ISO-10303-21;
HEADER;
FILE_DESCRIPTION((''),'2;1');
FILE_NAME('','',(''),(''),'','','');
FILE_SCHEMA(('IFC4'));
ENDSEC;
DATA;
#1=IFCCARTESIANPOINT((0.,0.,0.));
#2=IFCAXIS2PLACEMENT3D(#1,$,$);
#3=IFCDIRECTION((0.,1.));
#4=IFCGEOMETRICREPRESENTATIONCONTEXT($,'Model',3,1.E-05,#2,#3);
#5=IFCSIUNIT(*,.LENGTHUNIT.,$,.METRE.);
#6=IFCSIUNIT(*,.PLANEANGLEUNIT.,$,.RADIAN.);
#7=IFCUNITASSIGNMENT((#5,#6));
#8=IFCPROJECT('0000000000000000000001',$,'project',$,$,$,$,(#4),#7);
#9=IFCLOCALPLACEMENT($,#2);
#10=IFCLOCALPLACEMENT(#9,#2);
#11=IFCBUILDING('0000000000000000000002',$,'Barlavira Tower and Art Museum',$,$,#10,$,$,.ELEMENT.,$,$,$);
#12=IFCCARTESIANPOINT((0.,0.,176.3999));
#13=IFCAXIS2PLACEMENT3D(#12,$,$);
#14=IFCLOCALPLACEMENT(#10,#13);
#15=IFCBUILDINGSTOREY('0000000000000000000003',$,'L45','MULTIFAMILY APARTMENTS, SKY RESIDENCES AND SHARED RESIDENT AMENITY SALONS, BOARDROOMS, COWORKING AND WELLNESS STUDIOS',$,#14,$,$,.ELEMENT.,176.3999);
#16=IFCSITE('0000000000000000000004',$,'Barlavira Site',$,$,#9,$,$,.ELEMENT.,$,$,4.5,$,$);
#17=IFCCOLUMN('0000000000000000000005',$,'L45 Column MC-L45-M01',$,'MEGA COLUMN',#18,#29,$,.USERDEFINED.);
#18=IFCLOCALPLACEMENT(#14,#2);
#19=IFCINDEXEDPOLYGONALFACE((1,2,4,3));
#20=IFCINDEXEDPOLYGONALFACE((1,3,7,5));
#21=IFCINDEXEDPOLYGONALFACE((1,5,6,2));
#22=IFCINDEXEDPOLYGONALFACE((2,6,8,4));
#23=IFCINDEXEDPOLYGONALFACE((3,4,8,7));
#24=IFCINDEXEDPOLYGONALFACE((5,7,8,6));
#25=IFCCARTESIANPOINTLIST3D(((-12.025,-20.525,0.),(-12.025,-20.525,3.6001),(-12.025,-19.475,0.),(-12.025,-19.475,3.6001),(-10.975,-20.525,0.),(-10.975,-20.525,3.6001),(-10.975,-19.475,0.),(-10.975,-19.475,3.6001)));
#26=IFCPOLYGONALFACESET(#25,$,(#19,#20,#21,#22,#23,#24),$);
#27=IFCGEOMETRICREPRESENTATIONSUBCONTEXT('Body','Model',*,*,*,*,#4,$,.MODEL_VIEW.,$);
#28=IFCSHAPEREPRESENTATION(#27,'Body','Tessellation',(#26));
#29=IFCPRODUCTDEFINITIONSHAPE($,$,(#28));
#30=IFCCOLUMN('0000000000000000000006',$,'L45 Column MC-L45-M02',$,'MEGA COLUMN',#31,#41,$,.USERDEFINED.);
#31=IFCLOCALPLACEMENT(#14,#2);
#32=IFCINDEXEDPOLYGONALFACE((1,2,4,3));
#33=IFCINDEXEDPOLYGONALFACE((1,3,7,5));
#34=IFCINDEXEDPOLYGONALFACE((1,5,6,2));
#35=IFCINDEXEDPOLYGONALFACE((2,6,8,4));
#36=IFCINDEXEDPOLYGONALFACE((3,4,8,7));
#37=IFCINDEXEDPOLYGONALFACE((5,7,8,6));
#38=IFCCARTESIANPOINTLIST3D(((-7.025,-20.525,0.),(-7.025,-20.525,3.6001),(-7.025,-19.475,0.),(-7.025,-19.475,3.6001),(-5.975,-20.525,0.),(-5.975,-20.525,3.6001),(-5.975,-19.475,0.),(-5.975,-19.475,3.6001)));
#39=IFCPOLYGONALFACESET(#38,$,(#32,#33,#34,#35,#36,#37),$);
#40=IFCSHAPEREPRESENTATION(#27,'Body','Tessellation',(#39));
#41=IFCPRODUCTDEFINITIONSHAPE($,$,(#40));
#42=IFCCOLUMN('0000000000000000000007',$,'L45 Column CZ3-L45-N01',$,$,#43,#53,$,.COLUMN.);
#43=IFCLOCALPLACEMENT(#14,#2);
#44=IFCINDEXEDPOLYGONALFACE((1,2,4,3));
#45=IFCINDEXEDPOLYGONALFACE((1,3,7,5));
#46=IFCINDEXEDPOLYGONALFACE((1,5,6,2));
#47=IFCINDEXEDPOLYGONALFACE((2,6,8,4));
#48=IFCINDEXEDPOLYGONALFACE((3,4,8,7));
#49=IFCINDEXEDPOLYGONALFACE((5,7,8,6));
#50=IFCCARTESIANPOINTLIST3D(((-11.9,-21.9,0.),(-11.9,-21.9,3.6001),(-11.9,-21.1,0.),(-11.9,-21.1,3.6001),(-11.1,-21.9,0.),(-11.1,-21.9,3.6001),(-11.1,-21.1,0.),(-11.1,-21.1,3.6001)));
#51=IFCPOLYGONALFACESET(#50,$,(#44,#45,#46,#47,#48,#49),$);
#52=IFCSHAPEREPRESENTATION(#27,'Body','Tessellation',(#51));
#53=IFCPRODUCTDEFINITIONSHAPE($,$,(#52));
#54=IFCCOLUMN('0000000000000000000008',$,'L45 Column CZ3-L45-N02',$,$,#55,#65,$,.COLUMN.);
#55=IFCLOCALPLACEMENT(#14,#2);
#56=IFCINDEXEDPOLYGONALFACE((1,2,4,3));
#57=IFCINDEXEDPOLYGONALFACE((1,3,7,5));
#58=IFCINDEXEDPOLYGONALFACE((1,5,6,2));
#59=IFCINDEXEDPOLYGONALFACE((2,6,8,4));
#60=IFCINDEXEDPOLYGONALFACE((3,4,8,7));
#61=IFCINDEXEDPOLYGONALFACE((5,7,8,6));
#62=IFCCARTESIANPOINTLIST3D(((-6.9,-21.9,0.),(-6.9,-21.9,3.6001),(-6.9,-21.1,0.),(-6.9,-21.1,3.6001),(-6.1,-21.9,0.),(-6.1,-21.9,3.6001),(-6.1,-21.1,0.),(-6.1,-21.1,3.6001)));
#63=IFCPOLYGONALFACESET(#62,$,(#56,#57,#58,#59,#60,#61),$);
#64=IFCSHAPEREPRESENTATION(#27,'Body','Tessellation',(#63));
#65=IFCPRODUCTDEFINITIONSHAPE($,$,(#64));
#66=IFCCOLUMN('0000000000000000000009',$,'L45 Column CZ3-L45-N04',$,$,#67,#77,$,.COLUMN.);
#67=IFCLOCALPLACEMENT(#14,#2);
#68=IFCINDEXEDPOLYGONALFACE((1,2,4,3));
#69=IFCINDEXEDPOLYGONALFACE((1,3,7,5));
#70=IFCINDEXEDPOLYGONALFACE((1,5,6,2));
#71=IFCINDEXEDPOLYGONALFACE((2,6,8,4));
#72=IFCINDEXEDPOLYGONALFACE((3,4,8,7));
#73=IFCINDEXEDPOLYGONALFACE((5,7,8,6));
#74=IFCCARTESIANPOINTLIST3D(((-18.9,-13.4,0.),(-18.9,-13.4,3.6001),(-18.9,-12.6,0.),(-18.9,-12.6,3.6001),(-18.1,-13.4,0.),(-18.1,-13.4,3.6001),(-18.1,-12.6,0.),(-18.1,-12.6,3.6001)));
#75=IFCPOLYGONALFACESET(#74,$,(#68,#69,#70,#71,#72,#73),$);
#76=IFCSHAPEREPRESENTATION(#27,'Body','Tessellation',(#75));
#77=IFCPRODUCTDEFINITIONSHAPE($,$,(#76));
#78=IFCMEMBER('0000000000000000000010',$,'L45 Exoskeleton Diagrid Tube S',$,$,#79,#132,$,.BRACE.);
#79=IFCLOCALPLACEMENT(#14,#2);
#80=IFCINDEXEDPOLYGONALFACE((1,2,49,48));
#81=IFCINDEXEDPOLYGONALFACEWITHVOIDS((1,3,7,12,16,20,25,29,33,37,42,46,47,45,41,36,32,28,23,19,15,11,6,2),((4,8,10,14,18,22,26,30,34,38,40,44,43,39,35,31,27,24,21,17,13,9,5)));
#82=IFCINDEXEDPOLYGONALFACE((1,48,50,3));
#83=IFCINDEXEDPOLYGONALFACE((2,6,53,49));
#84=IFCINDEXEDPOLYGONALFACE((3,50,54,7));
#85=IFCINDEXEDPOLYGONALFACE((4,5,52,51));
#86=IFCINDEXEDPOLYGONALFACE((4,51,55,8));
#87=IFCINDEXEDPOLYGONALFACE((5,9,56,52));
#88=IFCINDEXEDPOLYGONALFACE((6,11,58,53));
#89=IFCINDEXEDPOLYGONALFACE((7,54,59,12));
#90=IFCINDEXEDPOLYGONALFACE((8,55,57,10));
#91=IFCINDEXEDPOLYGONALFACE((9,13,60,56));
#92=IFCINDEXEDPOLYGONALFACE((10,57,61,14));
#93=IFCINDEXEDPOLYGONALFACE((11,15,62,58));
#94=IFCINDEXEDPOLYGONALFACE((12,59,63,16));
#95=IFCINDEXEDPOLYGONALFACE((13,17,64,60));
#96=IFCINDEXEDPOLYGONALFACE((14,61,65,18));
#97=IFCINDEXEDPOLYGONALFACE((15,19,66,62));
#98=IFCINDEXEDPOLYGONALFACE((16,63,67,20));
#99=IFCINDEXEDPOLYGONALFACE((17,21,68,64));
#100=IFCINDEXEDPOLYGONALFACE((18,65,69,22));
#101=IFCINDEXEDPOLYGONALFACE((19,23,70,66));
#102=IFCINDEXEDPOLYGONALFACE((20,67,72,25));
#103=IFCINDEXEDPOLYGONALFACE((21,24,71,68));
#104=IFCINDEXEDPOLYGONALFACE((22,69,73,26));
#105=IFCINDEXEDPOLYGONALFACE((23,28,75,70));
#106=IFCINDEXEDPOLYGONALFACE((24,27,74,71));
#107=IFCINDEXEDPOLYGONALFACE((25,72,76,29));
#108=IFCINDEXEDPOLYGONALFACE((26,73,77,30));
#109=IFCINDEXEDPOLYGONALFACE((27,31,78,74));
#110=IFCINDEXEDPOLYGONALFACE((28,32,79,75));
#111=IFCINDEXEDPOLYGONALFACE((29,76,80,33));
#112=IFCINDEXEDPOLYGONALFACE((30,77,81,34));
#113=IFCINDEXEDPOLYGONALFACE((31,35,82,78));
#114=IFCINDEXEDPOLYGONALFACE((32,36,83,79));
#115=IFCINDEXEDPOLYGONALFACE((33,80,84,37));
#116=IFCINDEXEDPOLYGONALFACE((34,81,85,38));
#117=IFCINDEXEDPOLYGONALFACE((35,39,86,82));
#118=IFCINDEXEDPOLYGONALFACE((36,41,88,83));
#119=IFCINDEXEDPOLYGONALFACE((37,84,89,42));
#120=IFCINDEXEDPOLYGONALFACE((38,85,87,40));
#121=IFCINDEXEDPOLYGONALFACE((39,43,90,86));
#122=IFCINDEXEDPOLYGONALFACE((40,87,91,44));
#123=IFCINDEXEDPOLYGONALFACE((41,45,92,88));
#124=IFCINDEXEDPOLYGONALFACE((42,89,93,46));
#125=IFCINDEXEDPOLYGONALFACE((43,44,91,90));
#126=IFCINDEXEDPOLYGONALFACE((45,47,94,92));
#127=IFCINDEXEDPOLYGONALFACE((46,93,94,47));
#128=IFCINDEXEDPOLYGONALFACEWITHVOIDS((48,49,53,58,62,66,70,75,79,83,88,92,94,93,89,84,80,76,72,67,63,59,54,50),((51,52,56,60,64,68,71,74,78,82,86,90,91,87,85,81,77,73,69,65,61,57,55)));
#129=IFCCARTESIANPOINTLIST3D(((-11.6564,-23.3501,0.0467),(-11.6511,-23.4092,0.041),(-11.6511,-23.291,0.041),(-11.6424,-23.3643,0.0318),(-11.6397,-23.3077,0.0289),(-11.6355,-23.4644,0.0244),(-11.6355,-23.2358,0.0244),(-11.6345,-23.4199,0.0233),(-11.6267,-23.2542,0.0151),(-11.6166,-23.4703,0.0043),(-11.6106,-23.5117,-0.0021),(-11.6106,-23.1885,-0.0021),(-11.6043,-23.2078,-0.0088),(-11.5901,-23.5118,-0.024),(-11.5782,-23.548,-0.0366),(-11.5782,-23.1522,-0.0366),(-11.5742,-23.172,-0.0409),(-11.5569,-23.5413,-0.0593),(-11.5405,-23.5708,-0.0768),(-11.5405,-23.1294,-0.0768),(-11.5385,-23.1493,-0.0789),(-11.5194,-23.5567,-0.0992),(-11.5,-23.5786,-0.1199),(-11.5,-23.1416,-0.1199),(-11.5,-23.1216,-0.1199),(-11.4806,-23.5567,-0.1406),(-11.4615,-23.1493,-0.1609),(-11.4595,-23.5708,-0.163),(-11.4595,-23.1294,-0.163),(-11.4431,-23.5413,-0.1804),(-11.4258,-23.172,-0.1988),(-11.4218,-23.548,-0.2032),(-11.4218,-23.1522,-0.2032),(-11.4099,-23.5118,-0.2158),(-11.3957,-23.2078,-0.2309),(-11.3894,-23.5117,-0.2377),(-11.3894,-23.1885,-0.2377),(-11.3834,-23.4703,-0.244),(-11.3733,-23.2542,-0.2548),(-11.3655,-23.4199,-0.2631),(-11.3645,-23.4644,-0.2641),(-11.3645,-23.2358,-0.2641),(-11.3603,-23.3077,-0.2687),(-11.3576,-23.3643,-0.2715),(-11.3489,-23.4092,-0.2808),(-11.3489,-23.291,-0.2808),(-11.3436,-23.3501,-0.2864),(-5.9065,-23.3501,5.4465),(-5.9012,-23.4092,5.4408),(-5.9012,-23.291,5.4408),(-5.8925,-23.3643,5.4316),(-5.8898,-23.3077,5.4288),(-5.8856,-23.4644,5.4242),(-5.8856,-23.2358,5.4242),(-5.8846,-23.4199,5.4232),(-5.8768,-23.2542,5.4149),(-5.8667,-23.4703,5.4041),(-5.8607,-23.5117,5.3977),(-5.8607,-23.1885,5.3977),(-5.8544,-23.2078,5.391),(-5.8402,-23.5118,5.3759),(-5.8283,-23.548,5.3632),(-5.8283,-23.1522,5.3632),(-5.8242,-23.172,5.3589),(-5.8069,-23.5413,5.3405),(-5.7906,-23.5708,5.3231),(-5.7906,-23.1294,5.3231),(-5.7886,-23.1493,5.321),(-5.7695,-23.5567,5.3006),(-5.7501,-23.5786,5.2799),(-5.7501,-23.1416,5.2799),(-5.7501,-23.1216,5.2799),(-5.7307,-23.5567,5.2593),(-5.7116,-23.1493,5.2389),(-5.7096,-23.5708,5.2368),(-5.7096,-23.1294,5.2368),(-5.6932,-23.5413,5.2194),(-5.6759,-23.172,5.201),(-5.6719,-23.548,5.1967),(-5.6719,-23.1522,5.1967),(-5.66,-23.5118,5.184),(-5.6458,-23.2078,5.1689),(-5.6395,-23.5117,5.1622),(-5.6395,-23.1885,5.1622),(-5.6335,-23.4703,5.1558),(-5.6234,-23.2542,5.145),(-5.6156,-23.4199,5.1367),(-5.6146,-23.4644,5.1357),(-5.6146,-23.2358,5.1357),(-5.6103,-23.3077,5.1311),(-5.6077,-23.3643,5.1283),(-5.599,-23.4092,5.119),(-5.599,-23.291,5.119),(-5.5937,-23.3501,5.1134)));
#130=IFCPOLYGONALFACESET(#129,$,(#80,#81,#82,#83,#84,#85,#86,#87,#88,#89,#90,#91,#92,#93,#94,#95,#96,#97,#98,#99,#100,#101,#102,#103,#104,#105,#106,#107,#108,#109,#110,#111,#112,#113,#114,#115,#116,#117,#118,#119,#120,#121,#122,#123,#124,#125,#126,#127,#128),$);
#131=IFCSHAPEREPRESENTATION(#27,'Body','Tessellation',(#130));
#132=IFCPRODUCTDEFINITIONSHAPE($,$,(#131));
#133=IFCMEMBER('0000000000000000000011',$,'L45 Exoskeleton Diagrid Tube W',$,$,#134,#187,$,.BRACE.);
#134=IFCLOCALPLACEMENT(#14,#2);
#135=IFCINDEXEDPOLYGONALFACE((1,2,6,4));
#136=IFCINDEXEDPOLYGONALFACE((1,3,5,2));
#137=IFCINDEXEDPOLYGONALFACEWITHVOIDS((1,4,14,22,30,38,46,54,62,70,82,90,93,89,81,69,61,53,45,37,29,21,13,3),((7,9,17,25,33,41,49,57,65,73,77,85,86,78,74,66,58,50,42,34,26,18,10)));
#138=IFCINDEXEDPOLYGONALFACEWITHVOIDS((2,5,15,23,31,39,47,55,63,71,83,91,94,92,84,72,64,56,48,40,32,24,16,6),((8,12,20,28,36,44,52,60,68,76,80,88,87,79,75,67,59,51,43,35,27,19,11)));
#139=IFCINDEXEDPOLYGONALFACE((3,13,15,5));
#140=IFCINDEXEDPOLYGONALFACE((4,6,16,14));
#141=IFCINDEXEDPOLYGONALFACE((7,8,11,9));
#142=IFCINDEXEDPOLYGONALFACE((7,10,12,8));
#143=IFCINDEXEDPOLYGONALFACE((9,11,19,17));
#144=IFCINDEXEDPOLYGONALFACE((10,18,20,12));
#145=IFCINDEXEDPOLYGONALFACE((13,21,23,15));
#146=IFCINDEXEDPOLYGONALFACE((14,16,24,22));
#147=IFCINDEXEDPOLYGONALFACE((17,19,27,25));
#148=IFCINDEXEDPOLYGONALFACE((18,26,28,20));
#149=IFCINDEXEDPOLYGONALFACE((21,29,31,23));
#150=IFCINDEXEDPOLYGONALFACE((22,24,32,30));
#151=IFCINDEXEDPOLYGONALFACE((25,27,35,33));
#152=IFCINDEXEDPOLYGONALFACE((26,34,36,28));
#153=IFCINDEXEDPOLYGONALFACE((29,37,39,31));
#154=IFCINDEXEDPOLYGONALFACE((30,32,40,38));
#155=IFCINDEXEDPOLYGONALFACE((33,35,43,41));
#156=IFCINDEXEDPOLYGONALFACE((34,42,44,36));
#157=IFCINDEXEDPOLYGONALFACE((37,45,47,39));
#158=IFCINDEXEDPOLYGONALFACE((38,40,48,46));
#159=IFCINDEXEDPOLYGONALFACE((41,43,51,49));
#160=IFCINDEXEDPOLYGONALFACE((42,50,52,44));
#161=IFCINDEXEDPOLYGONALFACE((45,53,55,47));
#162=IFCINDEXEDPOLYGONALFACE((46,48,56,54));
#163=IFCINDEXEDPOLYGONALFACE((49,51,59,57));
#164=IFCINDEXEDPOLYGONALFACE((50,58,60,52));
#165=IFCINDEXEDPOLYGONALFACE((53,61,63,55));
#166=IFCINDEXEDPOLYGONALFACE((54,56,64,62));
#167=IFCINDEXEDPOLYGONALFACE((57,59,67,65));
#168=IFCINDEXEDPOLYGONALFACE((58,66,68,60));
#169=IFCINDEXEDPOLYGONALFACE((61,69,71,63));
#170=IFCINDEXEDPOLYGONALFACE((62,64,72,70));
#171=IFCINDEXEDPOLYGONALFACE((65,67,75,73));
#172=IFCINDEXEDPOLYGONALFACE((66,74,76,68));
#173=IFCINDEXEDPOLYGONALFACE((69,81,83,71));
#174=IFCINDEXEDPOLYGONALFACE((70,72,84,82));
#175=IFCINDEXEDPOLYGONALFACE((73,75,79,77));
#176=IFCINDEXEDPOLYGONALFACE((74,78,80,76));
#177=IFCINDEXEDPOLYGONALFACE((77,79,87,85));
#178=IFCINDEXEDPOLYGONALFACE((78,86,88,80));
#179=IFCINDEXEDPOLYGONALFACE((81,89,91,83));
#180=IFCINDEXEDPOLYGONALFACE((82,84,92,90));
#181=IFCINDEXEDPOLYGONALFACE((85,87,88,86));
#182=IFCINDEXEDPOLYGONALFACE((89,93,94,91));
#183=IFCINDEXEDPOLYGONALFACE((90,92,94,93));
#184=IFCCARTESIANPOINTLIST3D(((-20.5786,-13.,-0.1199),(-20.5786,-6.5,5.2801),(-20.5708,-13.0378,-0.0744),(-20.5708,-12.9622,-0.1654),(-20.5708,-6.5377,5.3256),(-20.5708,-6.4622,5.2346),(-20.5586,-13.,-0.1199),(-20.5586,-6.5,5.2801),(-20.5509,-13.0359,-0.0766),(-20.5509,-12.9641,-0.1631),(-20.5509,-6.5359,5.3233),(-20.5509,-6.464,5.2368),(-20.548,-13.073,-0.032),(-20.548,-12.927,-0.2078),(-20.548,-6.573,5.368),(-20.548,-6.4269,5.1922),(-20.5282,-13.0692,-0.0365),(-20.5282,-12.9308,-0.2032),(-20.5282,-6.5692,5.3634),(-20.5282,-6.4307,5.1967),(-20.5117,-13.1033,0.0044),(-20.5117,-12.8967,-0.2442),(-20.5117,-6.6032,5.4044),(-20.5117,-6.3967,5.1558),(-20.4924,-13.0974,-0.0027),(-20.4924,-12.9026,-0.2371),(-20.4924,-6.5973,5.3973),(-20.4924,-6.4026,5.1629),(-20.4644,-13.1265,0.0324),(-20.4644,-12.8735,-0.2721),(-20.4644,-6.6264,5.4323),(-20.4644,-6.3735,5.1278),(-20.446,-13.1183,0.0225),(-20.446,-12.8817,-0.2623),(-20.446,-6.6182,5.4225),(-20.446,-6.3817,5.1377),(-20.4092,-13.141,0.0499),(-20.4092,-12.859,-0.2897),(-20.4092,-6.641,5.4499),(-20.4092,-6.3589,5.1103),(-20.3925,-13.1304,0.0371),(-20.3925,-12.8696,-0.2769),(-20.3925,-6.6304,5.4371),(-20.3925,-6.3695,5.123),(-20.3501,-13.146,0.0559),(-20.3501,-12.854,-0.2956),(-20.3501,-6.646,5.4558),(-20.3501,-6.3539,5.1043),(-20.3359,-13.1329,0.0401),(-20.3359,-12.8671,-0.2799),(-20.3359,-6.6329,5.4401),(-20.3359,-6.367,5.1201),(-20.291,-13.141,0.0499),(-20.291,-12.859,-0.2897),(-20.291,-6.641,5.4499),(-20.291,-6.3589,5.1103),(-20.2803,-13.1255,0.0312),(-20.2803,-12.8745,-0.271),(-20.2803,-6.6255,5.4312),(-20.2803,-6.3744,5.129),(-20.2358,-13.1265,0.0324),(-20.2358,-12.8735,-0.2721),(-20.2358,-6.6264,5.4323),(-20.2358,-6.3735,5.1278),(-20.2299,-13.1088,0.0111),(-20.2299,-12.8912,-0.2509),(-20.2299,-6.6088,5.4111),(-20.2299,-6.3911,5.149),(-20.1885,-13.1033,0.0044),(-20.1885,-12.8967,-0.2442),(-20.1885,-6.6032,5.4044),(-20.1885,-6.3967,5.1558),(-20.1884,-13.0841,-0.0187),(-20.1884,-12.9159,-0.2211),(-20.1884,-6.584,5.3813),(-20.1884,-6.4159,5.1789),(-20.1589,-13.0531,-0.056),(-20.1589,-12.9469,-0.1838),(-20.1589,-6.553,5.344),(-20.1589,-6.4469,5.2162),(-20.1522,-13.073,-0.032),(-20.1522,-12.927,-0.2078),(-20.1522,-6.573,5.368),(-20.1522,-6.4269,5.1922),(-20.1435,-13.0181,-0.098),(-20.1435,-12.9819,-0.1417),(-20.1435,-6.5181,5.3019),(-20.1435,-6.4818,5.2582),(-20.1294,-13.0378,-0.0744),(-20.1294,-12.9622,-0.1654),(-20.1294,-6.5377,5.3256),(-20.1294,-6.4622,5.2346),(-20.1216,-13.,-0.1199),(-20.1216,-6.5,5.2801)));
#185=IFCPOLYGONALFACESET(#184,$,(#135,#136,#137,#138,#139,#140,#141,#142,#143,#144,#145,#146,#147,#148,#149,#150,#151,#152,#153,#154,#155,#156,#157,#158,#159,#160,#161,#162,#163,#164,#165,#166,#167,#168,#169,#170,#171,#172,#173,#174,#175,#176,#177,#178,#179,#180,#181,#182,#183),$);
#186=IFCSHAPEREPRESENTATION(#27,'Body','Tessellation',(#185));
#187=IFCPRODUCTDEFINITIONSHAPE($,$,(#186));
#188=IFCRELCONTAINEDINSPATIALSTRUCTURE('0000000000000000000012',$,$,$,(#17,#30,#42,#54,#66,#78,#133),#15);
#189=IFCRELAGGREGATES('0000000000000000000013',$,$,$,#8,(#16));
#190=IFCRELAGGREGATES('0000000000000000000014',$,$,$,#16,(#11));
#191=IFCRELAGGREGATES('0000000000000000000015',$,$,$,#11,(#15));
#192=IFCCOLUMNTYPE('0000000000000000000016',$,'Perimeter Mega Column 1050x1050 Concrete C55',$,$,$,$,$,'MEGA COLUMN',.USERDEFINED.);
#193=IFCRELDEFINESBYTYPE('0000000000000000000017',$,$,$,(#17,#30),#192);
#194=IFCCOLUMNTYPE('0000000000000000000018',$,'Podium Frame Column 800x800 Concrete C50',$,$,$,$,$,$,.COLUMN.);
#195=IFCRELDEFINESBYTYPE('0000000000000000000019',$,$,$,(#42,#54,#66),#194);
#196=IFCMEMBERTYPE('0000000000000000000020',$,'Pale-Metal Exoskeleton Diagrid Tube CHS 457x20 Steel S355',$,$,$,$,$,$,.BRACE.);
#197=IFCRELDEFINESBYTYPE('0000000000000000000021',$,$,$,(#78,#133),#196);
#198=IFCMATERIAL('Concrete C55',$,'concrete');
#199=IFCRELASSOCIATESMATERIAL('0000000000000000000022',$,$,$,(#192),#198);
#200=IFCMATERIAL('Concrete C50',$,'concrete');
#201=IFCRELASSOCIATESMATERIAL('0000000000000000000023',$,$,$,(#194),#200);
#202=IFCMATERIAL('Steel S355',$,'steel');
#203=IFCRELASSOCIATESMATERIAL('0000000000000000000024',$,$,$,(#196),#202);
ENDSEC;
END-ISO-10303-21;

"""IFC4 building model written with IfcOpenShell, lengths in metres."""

from ifc_helpers import new_model, si_unit, direction, frame, origin, origin_2d, place, context, subcontext, project, spatial, rectangle, hollow_circle, extrude, material, material_profile, profile_set, type_object, element, save


model = new_model("IFC4")

# Units and contexts
model_context = context("Model", 3, precision=1e-05, world=origin(), true_north=direction((0.0, 1.0)))
body_context = subcontext(model_context, "Body", "Model", "MODEL_VIEW")
ifc_project = project(units=[si_unit("LENGTHUNIT", "METRE"), si_unit("PLANEANGLEUNIT", "RADIAN")], contexts=[model_context])

# Site, building, storey
site_placement = place(None, origin())
site = spatial("IfcSite", under=ifc_project, at=site_placement, Name="Barlavira Site", CompositionType="ELEMENT", RefElevation=4.5)
building_placement = place(site_placement, origin())
building = spatial("IfcBuilding", under=site, at=building_placement, Name="Barlavira Tower and Art Museum", CompositionType="ELEMENT")
storey_placement = place(building_placement, frame((0.0, 0.0, 176.3999)))
storey = spatial("IfcBuildingStorey", under=building, at=storey_placement, Name="L45", Description="MULTIFAMILY APARTMENTS, SKY RESIDENCES AND SHARED RESIDENT AMENITY SALONS, BOARDROOMS, COWORKING AND WELLNESS STUDIOS", CompositionType="ELEMENT", Elevation=176.3999)

# Columns
ifc_material_1 = material(Name="Concrete C55", Category="concrete")
ifc_material_profile_1 = material_profile(ifc_material_1, rectangle(XDim=1.05, YDim=1.05, at=origin_2d()), Name="RC-COL 1050x1050")
ifc_profile_set_1 = profile_set([ifc_material_profile_1], Name="Concrete C55")
column_type_1 = type_object("IfcColumnType", Name="Perimeter Mega Column 1050x1050 Concrete C55", ElementType="MEGA COLUMN", PredefinedType="USERDEFINED", material=ifc_profile_set_1)
for number, where, z_axis, x_axis, name in (
    (1, (-11.5, -20.0, 0.0), (0.0, 0.0, 1.0), (1.0, 0.0, 0.0), "L45 Column MC-L45-M01"),
    (2, (-6.5, -20.0, 0.0), (0.0, 0.0, 1.0), (1.0, 0.0, 0.0), "L45 Column MC-L45-M02"),
):
    element("IfcColumn", number, at=place(storey_placement, frame(where, z_axis=z_axis, x_axis=x_axis)), inside=storey, type_object=column_type_1, Name=name, ObjectType="MEGA COLUMN", PredefinedType="USERDEFINED", context=body_context, shape_type="SweptSolid", body=[
        extrude(rectangle(XDim=1.05, YDim=1.05, at=origin_2d()), origin(), (0.0, 0.0, 1.0), 3.6001),
    ])
ifc_material_2 = material(Name="Concrete C50", Category="concrete")
ifc_material_profile_2 = material_profile(ifc_material_2, rectangle(XDim=0.8, YDim=0.8, at=origin_2d()), Name="RC-COL 800x800")
ifc_profile_set_2 = profile_set([ifc_material_profile_2], Name="Concrete C50")
column_type_2 = type_object("IfcColumnType", Name="Podium Frame Column 800x800 Concrete C50", PredefinedType="COLUMN", material=ifc_profile_set_2)
for number, where, z_axis, x_axis, name in (
    (3, (-11.5, -21.5, 0.0), (0.0, 0.0, 1.0), (1.0, 0.0, 0.0), "L45 Column CZ3-L45-N01"),
    (4, (-6.5, -21.5, 0.0), (0.0, 0.0, 1.0), (1.0, 0.0, 0.0), "L45 Column CZ3-L45-N02"),
    (5, (-18.5, -13.0, 0.0), (0.0, 0.0, 1.0), (1.0, 0.0, 0.0), "L45 Column CZ3-L45-N04"),
):
    element("IfcColumn", number, at=place(storey_placement, frame(where, z_axis=z_axis, x_axis=x_axis)), inside=storey, type_object=column_type_2, Name=name, PredefinedType="COLUMN", context=body_context, shape_type="SweptSolid", body=[
        extrude(rectangle(XDim=0.8, YDim=0.8, at=origin_2d()), origin(), (0.0, 0.0, 1.0), 3.6001),
    ])

# Members
ifc_material_3 = material(Name="Steel S355", Category="steel")
ifc_material_profile_3 = material_profile(ifc_material_3, hollow_circle(Radius=0.2285, WallThickness=0.02, at=origin_2d()), Name="CHS 457.0x20.0")
ifc_profile_set_3 = profile_set([ifc_material_profile_3], Name="Steel S355")
member_type_1 = type_object("IfcMemberType", Name="Pale-Metal Exoskeleton Diagrid Tube CHS 457x20 Steel S355", PredefinedType="BRACE", material=ifc_profile_set_3)
member_1_placement = place(storey_placement, frame((-11.5, -23.3501, -0.1199), z_axis=(0.72895, 0.0, 0.684567), x_axis=(0.0, 1.0, 0.0)))
element("IfcMember", 6, at=member_1_placement, inside=storey, type_object=member_type_1, Name="L45 Exoskeleton Diagrid Tube S", PredefinedType="BRACE", context=body_context, shape_type="SweptSolid", body=[
    extrude(hollow_circle(Radius=0.2285, WallThickness=0.02, at=origin_2d()), origin(), (0.0, 0.0, 1.0), 7.8879),
])
member_2_placement = place(storey_placement, frame((-20.3501, -13.0, -0.1199), z_axis=(0.0, 0.769196, 0.639013), x_axis=(-1.0, 0.0, 0.0)))
element("IfcMember", 7, at=member_2_placement, inside=storey, type_object=member_type_1, Name="L45 Exoskeleton Diagrid Tube W", PredefinedType="BRACE", context=body_context, shape_type="SweptSolid", body=[
    extrude(hollow_circle(Radius=0.2285, WallThickness=0.02, at=origin_2d()), origin(), (0.0, 0.0, 1.0), 8.4504),
])

save(model, "model.ifc")
